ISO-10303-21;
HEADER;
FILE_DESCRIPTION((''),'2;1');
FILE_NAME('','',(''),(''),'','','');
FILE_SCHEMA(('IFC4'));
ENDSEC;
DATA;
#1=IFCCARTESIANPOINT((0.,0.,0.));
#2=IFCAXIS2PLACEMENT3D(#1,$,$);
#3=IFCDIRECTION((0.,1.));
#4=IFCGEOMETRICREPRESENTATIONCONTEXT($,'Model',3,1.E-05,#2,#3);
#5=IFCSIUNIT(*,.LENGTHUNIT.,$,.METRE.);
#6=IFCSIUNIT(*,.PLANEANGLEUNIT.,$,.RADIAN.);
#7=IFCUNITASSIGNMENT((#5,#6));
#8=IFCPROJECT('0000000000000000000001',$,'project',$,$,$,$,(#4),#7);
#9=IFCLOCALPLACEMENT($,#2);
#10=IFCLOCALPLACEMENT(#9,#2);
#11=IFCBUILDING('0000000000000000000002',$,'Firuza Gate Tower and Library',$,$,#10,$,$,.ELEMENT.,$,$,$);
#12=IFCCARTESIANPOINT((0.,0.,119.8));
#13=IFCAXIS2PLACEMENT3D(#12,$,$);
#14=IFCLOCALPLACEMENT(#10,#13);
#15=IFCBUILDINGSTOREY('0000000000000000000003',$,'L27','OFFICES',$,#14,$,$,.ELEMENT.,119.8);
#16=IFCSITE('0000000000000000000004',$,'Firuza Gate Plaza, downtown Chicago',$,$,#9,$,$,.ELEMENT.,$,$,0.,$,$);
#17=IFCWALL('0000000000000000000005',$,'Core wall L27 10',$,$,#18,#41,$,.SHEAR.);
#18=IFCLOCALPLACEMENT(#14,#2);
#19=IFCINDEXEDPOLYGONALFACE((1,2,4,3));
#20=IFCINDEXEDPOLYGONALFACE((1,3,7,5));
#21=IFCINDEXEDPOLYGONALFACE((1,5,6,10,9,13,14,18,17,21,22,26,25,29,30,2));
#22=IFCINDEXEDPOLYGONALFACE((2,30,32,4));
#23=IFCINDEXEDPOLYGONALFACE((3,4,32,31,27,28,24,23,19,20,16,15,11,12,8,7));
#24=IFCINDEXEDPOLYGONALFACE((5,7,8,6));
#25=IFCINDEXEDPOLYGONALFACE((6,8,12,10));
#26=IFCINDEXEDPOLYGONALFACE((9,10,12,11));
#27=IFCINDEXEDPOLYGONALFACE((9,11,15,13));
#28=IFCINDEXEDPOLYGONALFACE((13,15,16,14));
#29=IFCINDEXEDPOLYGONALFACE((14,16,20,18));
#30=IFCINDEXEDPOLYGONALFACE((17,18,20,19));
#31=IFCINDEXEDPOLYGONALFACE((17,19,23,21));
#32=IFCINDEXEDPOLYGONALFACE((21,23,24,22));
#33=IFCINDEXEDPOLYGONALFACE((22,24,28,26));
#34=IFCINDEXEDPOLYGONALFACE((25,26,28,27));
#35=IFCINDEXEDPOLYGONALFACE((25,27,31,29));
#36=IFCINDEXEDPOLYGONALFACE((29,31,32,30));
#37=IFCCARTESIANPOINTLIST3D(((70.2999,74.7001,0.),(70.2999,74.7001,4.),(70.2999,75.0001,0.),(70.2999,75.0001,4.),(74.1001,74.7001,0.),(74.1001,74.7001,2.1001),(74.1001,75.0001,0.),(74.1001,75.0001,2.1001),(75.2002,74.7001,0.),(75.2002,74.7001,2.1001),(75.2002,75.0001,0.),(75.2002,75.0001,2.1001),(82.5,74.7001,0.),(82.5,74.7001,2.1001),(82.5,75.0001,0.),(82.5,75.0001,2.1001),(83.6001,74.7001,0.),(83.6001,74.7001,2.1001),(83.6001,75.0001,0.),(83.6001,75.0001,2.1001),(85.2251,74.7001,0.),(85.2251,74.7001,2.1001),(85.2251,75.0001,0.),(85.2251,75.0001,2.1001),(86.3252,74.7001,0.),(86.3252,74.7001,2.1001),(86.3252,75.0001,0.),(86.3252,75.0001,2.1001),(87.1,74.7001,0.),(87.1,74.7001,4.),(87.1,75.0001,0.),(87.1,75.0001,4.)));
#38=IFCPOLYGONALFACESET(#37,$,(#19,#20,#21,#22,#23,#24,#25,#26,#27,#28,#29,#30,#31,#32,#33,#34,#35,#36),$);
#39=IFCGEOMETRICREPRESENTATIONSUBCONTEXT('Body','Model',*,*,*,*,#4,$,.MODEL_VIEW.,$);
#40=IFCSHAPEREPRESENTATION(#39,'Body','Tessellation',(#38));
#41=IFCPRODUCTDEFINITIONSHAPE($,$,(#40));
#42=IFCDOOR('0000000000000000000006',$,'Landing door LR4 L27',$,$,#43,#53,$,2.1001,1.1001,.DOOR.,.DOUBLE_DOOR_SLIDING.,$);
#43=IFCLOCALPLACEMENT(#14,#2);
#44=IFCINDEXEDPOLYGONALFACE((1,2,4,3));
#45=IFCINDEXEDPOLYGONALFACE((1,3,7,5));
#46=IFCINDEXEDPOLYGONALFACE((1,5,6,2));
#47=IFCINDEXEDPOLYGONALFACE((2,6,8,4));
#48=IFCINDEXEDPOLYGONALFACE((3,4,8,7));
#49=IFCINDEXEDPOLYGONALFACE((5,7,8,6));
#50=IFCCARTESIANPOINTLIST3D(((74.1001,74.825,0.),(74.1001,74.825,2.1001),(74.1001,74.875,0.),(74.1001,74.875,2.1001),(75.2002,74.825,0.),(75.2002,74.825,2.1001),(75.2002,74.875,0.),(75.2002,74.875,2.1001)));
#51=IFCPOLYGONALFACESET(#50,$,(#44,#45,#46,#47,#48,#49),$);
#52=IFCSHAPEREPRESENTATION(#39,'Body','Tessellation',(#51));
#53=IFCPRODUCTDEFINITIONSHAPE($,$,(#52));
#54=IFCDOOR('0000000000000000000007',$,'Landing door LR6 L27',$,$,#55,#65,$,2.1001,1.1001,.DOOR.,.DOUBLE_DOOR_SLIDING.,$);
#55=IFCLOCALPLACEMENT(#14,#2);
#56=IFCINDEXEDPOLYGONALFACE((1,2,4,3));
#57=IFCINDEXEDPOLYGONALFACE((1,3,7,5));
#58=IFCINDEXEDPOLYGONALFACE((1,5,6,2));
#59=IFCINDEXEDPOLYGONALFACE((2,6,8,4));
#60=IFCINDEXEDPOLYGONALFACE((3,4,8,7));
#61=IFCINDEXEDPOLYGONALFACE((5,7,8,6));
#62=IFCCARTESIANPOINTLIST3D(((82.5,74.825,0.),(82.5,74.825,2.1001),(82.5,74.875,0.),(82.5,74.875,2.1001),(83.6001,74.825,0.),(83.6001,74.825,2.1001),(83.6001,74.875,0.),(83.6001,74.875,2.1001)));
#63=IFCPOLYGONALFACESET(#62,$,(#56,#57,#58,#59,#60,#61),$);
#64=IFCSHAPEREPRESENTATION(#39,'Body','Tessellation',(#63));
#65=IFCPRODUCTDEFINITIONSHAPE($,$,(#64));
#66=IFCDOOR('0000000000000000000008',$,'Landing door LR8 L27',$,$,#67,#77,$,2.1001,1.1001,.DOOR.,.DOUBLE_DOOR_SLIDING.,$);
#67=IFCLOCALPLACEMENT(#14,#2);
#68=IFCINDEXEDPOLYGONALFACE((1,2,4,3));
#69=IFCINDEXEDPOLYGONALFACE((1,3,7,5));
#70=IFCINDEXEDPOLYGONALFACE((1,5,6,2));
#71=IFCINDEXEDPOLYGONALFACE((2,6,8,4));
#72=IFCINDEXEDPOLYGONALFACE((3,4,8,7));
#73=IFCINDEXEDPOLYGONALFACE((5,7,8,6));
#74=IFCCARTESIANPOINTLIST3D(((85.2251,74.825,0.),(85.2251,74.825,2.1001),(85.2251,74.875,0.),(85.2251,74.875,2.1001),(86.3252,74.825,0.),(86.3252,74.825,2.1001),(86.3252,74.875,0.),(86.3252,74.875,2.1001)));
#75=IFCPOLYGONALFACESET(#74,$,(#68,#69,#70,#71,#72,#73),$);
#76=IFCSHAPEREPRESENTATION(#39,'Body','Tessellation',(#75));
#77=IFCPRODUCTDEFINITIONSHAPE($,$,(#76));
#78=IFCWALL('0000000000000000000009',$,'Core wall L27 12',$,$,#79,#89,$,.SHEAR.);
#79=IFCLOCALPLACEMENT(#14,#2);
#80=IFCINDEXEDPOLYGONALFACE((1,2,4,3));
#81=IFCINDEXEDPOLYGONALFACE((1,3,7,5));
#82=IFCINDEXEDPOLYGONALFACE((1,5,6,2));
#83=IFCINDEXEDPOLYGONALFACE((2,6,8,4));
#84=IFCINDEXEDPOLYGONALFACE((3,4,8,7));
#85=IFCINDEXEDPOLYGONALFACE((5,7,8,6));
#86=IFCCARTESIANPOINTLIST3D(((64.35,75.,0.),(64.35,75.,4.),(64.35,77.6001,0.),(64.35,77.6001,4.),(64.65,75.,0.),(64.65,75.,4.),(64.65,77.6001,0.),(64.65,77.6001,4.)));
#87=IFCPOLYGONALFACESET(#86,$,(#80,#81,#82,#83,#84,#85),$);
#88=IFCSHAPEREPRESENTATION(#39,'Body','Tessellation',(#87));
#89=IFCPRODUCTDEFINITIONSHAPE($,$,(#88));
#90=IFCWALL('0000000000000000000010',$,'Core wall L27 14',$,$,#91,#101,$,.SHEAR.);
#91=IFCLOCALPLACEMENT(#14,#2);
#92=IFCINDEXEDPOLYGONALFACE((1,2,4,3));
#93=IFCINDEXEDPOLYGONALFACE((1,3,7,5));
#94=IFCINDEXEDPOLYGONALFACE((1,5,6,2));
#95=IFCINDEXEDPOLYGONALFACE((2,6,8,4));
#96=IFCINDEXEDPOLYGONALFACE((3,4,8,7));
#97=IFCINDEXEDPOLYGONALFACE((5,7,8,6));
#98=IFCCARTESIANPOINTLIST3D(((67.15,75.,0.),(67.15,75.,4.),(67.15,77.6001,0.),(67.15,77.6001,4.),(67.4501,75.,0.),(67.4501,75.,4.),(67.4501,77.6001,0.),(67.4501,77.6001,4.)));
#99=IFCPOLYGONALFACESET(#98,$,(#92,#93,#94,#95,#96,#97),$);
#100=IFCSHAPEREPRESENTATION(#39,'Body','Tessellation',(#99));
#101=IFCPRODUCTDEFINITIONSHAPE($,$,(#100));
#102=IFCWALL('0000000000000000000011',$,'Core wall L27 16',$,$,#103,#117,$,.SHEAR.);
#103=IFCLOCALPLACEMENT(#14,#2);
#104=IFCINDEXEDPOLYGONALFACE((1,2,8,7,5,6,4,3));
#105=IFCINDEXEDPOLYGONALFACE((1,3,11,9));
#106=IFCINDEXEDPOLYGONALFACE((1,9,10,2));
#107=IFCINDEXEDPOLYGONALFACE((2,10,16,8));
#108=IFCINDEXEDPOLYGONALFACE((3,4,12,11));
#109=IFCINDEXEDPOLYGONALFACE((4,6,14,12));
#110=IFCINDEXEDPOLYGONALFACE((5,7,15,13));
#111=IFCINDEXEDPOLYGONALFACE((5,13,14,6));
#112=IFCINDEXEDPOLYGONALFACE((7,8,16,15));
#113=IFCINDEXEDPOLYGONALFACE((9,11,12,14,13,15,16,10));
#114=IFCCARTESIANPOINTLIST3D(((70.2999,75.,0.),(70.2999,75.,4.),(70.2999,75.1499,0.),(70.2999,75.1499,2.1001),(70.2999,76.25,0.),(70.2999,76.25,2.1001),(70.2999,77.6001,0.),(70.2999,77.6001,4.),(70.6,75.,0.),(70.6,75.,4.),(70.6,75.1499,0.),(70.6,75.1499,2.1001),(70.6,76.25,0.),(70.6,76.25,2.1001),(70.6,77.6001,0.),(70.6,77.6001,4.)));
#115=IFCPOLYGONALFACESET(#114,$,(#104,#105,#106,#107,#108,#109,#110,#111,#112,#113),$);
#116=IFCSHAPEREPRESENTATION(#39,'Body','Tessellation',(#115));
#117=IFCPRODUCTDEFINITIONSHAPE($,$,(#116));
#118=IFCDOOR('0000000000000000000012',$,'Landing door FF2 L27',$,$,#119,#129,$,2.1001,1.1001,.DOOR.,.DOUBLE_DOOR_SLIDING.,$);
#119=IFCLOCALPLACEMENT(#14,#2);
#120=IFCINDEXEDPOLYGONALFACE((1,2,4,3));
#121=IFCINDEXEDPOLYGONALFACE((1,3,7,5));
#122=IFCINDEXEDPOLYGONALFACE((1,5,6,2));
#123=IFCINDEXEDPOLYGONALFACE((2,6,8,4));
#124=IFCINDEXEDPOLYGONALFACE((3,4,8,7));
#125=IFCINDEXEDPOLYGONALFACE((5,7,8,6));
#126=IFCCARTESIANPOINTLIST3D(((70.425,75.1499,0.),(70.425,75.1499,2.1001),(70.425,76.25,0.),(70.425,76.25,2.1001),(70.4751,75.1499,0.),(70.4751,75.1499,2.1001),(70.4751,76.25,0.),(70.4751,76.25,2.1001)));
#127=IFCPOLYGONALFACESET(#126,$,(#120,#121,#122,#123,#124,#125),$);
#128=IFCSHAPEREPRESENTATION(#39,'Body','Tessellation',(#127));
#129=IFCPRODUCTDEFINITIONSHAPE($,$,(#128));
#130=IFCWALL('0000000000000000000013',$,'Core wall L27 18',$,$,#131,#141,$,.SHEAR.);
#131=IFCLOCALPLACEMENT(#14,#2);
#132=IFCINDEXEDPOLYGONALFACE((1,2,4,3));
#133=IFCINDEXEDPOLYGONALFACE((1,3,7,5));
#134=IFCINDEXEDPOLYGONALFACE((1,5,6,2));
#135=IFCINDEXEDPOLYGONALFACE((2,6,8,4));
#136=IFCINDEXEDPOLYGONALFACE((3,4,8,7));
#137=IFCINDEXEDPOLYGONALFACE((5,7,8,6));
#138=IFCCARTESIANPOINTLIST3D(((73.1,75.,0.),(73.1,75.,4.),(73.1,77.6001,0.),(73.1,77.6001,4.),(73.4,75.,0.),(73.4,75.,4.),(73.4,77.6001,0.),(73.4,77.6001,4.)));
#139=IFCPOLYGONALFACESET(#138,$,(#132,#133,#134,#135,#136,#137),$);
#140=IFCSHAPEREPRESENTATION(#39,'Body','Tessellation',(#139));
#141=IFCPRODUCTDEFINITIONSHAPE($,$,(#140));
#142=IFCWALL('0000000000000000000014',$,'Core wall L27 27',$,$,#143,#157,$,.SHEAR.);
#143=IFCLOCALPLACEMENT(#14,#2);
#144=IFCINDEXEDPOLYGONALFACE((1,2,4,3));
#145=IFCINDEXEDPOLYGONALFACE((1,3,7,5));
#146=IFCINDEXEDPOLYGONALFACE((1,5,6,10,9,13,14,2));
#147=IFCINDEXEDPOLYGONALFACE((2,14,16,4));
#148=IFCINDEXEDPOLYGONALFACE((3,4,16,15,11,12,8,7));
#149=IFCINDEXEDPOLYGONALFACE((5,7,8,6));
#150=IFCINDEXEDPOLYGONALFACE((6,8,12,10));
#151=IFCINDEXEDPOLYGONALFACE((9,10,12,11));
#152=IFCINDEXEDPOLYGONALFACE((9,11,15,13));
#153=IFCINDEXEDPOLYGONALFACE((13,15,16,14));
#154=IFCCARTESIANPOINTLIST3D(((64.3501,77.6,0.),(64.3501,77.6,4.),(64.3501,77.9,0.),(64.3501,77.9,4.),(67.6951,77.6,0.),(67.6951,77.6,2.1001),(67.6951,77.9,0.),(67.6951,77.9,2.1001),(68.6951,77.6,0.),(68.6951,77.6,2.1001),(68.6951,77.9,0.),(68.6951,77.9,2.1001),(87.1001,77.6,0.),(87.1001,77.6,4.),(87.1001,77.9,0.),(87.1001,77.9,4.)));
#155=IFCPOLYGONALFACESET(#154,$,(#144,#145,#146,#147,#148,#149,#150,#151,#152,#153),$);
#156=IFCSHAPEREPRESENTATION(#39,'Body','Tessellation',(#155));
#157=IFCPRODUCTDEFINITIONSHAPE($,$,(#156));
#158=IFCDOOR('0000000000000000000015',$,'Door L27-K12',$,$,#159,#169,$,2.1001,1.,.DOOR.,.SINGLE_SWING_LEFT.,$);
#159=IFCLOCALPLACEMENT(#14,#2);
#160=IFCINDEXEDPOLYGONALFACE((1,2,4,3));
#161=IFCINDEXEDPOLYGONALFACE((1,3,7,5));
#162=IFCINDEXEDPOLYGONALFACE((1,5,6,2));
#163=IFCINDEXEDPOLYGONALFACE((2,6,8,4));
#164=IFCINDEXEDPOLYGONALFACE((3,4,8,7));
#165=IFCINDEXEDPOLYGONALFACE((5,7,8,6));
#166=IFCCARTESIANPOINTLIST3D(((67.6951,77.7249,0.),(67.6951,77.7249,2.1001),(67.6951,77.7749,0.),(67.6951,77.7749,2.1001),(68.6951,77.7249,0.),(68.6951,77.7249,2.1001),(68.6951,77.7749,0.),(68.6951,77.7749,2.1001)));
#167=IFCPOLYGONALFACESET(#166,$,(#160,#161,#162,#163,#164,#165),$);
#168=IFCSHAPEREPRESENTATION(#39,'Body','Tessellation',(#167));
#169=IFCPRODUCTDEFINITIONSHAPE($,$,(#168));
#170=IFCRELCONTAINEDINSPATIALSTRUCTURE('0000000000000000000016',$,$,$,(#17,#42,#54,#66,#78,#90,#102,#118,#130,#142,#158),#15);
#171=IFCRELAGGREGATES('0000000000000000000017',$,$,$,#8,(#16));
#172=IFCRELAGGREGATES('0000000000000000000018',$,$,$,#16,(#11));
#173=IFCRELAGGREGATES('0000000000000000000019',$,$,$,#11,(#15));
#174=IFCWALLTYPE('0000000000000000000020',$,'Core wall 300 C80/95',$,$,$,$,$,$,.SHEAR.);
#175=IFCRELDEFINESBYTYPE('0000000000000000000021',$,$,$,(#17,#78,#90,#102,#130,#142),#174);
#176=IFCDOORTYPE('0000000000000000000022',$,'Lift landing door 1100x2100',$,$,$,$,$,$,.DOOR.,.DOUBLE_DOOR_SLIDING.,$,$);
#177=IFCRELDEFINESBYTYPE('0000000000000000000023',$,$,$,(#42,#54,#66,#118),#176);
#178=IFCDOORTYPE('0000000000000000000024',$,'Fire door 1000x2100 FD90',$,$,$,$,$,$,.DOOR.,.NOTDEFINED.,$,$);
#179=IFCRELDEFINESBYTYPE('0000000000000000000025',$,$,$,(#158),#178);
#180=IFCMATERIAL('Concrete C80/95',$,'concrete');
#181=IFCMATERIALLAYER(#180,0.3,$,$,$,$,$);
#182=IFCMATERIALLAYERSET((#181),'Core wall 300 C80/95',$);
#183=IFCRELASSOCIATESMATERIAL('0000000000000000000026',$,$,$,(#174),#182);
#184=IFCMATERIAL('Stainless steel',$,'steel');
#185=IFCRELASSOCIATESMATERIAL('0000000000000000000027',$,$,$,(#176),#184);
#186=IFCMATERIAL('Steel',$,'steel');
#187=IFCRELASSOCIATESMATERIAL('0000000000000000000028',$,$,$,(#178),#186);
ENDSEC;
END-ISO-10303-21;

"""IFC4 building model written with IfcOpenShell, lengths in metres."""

from ifc_helpers import new_model, si_unit, direction, frame, frame_2d, origin, place, context, subcontext, project, spatial, rectangle, extrude, material, layer, layer_set, type_object, element, fill, save


model = new_model("IFC4")

# Units and contexts
model_context = context("Model", 3, precision=1e-05, world=origin(), true_north=direction((0.0, 1.0)))
body_context = subcontext(model_context, "Body", "Model", "MODEL_VIEW")
ifc_project = project(units=[si_unit("LENGTHUNIT", "METRE"), si_unit("PLANEANGLEUNIT", "RADIAN")], contexts=[model_context])

# Site, building, storey
site_placement = place(None, origin())
site = spatial("IfcSite", under=ifc_project, at=site_placement, Name="Firuza Gate Plaza, downtown Chicago", CompositionType="ELEMENT", RefElevation=0.0)
building_placement = place(site_placement, origin())
building = spatial("IfcBuilding", under=site, at=building_placement, Name="Firuza Gate Tower and Library", CompositionType="ELEMENT")
storey_placement = place(building_placement, frame((0.0, 0.0, 119.8)))
storey = spatial("IfcBuildingStorey", under=building, at=storey_placement, Name="L27", Description="OFFICES", CompositionType="ELEMENT", Elevation=119.8)

# Shared definitions
ifc_material_1 = material(Name="Concrete C80/95", Category="concrete")
ifc_layer_1 = layer(ifc_material_1, 0.3)
ifc_layer_set_1 = layer_set([ifc_layer_1], Name="Core wall 300 C80/95")
wall_type_1 = type_object("IfcWallType", Name="Core wall 300 C80/95", PredefinedType="SHEAR", material=ifc_layer_set_1)

# Wall, openings, doors
wall_1_placement = place(storey_placement, frame((70.3, 74.8501, 0.0), z_axis=(0.0, 0.0, 1.0), x_axis=(1.0, 0.0, 0.0)))
wall_1 = element("IfcWall", 1, at=wall_1_placement, inside=storey, type_object=wall_type_1, Name="Core wall L27 10", PredefinedType="SHEAR", context=body_context, shape_type="SweptSolid", body=[
    extrude(rectangle(XDim=16.8, YDim=0.3, at=frame_2d((8.3999, 0.0))), origin(), (0.0, 0.0, 1.0), 4.0),
])
opening_1_placement = place(wall_1_placement, frame((3.8, 0.0, 0.0)))
opening_1 = element("IfcOpeningElement", 2, at=opening_1_placement, cuts=wall_1, PredefinedType="OPENING", context=body_context, shape_type="SweptSolid", body=[
    extrude(rectangle(XDim=1.1001, YDim=2.1001, at=frame_2d((0.55, 1.05))), frame((0.0, 0.1602, 0.0), z_axis=(0.0, -1.0, 0.0), x_axis=(1.0, 0.0, 0.0)), (0.0, 0.0, 1.0), 0.3201),
])
opening_2_placement = place(wall_1_placement, frame((12.2, 0.0, 0.0)))
opening_2 = element("IfcOpeningElement", 3, at=opening_2_placement, cuts=wall_1, PredefinedType="OPENING", context=body_context, shape_type="SweptSolid", body=[
    extrude(rectangle(XDim=1.1001, YDim=2.1001, at=frame_2d((0.55, 1.05))), frame((0.0, 0.1602, 0.0), z_axis=(0.0, -1.0, 0.0), x_axis=(1.0, 0.0, 0.0)), (0.0, 0.0, 1.0), 0.3201),
])
opening_3_placement = place(wall_1_placement, frame((14.925, 0.0, 0.0)))
opening_3 = element("IfcOpeningElement", 4, at=opening_3_placement, cuts=wall_1, PredefinedType="OPENING", context=body_context, shape_type="SweptSolid", body=[
    extrude(rectangle(XDim=1.1001, YDim=2.1001, at=frame_2d((0.55, 1.05))), frame((0.0, 0.1602, 0.0), z_axis=(0.0, -1.0, 0.0), x_axis=(1.0, 0.0, 0.0)), (0.0, 0.0, 1.0), 0.3201),
])
ifc_material_2 = material(Name="Stainless steel", Category="steel")
door_type_1 = type_object("IfcDoorType", Name="Lift landing door 1100x2100", OperationType="DOUBLE_DOOR_SLIDING", PredefinedType="DOOR", material=ifc_material_2)
door_1_placement = place(opening_1_placement, origin())
door_1 = element("IfcDoor", 5, at=door_1_placement, inside=storey, type_object=door_type_1, Name="Landing door LR4 L27", OperationType="DOUBLE_DOOR_SLIDING", OverallHeight=2.1001, OverallWidth=1.1001, PredefinedType="DOOR", context=body_context, shape_type="SweptSolid", body=[
    extrude(rectangle(XDim=1.1001, YDim=2.1001, at=frame_2d((0.55, 1.05))), frame((0.0, 0.0249, 0.0), z_axis=(0.0, -1.0, 0.0), x_axis=(1.0, 0.0, 0.0)), (0.0, 0.0, 1.0), 0.05),
])
fill(opening_1, door_1)
door_2_placement = place(opening_2_placement, origin())
door_2 = element("IfcDoor", 6, at=door_2_placement, inside=storey, type_object=door_type_1, Name="Landing door LR6 L27", OperationType="DOUBLE_DOOR_SLIDING", OverallHeight=2.1001, OverallWidth=1.1001, PredefinedType="DOOR", context=body_context, shape_type="SweptSolid", body=[
    extrude(rectangle(XDim=1.1001, YDim=2.1001, at=frame_2d((0.55, 1.05))), frame((0.0, 0.0249, 0.0), z_axis=(0.0, -1.0, 0.0), x_axis=(1.0, 0.0, 0.0)), (0.0, 0.0, 1.0), 0.05),
])
fill(opening_2, door_2)
door_3_placement = place(opening_3_placement, origin())
door_3 = element("IfcDoor", 7, at=door_3_placement, inside=storey, type_object=door_type_1, Name="Landing door LR8 L27", OperationType="DOUBLE_DOOR_SLIDING", OverallHeight=2.1001, OverallWidth=1.1001, PredefinedType="DOOR", context=body_context, shape_type="SweptSolid", body=[
    extrude(rectangle(XDim=1.1001, YDim=2.1001, at=frame_2d((0.55, 1.05))), frame((0.0, 0.0249, 0.0), z_axis=(0.0, -1.0, 0.0), x_axis=(1.0, 0.0, 0.0)), (0.0, 0.0, 1.0), 0.05),
])
fill(opening_3, door_3)

# Walls
for number, where, z_axis, x_axis, name in (
    (8, (64.5, 75.0, 0.0), (0.0, 0.0, 1.0), (0.0, 1.0, 0.0), "Core wall L27 12"),
    (9, (67.3, 75.0, 0.0), (0.0, 0.0, 1.0), (0.0, 1.0, 0.0), "Core wall L27 14"),
):
    element("IfcWall", number, at=place(storey_placement, frame(where, z_axis=z_axis, x_axis=x_axis)), inside=storey, type_object=wall_type_1, Name=name, PredefinedType="SHEAR", context=body_context, shape_type="SweptSolid", body=[
        extrude(rectangle(XDim=2.6001, YDim=0.3, at=frame_2d((1.3, 0.0))), origin(), (0.0, 0.0, 1.0), 4.0),
    ])

# Wall, opening, door
wall_2_placement = place(storey_placement, frame((70.45, 75.0, 0.0), z_axis=(0.0, 0.0, 1.0), x_axis=(0.0, 1.0, 0.0)))
wall_2 = element("IfcWall", 10, at=wall_2_placement, inside=storey, type_object=wall_type_1, Name="Core wall L27 16", PredefinedType="SHEAR", context=body_context, shape_type="SweptSolid", body=[
    extrude(rectangle(XDim=2.6001, YDim=0.3, at=frame_2d((1.3, 0.0))), origin(), (0.0, 0.0, 1.0), 4.0),
])
opening_4_placement = place(wall_2_placement, frame((0.1499, 0.0, 0.0)))
opening_4 = element("IfcOpeningElement", 11, at=opening_4_placement, cuts=wall_2, PredefinedType="OPENING", context=body_context, shape_type="SweptSolid", body=[
    extrude(rectangle(XDim=1.1001, YDim=2.1001, at=frame_2d((0.55, 1.05))), frame((0.0, 0.1602, 0.0), z_axis=(0.0, -1.0, 0.0), x_axis=(1.0, 0.0, 0.0)), (0.0, 0.0, 1.0), 0.3201),
])
door_4_placement = place(opening_4_placement, origin())
door_4 = element("IfcDoor", 12, at=door_4_placement, inside=storey, type_object=door_type_1, Name="Landing door FF2 L27", OperationType="DOUBLE_DOOR_SLIDING", OverallHeight=2.1001, OverallWidth=1.1001, PredefinedType="DOOR", context=body_context, shape_type="SweptSolid", body=[
    extrude(rectangle(XDim=1.1001, YDim=2.1001, at=frame_2d((0.55, 1.05))), frame((0.0, 0.0249, 0.0), z_axis=(0.0, -1.0, 0.0), x_axis=(1.0, 0.0, 0.0)), (0.0, 0.0, 1.0), 0.05),
])
fill(opening_4, door_4)

# Wall
wall_3_placement = place(storey_placement, frame((73.25, 75.0, 0.0), z_axis=(0.0, 0.0, 1.0), x_axis=(0.0, 1.0, 0.0)))
element("IfcWall", 13, at=wall_3_placement, inside=storey, type_object=wall_type_1, Name="Core wall L27 18", PredefinedType="SHEAR", context=body_context, shape_type="SweptSolid", body=[
    extrude(rectangle(XDim=2.6001, YDim=0.3, at=frame_2d((1.3, 0.0))), origin(), (0.0, 0.0, 1.0), 4.0),
])

# Wall, opening, door
wall_4_placement = place(storey_placement, frame((64.3501, 77.75, 0.0), z_axis=(0.0, 0.0, 1.0), x_axis=(1.0, 0.0, 0.0)))
wall_4 = element("IfcWall", 14, at=wall_4_placement, inside=storey, type_object=wall_type_1, Name="Core wall L27 27", PredefinedType="SHEAR", context=body_context, shape_type="SweptSolid", body=[
    extrude(rectangle(XDim=22.75, YDim=0.3, at=frame_2d((11.375, 0.0))), origin(), (0.0, 0.0, 1.0), 4.0),
])
opening_5_placement = place(wall_4_placement, frame((3.345, 0.0, 0.0)))
opening_5 = element("IfcOpeningElement", 15, at=opening_5_placement, cuts=wall_4, PredefinedType="OPENING", context=body_context, shape_type="SweptSolid", body=[
    extrude(rectangle(XDim=1.0, YDim=2.1001, at=frame_2d((0.5, 1.05))), frame((0.0, 0.1602, 0.0), z_axis=(0.0, -1.0, 0.0), x_axis=(1.0, 0.0, 0.0)), (0.0, 0.0, 1.0), 0.3201),
])
ifc_material_3 = material(Name="Steel", Category="steel")
door_type_2 = type_object("IfcDoorType", Name="Fire door 1000x2100 FD90", OperationType="NOTDEFINED", PredefinedType="DOOR", material=ifc_material_3)
door_5_placement = place(opening_5_placement, origin())
door_5 = element("IfcDoor", 16, at=door_5_placement, inside=storey, type_object=door_type_2, Name="Door L27-K12", OperationType="SINGLE_SWING_LEFT", OverallHeight=2.1001, OverallWidth=1.0, PredefinedType="DOOR", context=body_context, shape_type="SweptSolid", body=[
    extrude(rectangle(XDim=1.0, YDim=2.1001, at=frame_2d((0.5, 1.05))), frame((0.0, 0.0249, 0.0), z_axis=(0.0, -1.0, 0.0), x_axis=(1.0, 0.0, 0.0)), (0.0, 0.0, 1.0), 0.05),
])
fill(opening_5, door_5)

save(model, "model.ifc")
